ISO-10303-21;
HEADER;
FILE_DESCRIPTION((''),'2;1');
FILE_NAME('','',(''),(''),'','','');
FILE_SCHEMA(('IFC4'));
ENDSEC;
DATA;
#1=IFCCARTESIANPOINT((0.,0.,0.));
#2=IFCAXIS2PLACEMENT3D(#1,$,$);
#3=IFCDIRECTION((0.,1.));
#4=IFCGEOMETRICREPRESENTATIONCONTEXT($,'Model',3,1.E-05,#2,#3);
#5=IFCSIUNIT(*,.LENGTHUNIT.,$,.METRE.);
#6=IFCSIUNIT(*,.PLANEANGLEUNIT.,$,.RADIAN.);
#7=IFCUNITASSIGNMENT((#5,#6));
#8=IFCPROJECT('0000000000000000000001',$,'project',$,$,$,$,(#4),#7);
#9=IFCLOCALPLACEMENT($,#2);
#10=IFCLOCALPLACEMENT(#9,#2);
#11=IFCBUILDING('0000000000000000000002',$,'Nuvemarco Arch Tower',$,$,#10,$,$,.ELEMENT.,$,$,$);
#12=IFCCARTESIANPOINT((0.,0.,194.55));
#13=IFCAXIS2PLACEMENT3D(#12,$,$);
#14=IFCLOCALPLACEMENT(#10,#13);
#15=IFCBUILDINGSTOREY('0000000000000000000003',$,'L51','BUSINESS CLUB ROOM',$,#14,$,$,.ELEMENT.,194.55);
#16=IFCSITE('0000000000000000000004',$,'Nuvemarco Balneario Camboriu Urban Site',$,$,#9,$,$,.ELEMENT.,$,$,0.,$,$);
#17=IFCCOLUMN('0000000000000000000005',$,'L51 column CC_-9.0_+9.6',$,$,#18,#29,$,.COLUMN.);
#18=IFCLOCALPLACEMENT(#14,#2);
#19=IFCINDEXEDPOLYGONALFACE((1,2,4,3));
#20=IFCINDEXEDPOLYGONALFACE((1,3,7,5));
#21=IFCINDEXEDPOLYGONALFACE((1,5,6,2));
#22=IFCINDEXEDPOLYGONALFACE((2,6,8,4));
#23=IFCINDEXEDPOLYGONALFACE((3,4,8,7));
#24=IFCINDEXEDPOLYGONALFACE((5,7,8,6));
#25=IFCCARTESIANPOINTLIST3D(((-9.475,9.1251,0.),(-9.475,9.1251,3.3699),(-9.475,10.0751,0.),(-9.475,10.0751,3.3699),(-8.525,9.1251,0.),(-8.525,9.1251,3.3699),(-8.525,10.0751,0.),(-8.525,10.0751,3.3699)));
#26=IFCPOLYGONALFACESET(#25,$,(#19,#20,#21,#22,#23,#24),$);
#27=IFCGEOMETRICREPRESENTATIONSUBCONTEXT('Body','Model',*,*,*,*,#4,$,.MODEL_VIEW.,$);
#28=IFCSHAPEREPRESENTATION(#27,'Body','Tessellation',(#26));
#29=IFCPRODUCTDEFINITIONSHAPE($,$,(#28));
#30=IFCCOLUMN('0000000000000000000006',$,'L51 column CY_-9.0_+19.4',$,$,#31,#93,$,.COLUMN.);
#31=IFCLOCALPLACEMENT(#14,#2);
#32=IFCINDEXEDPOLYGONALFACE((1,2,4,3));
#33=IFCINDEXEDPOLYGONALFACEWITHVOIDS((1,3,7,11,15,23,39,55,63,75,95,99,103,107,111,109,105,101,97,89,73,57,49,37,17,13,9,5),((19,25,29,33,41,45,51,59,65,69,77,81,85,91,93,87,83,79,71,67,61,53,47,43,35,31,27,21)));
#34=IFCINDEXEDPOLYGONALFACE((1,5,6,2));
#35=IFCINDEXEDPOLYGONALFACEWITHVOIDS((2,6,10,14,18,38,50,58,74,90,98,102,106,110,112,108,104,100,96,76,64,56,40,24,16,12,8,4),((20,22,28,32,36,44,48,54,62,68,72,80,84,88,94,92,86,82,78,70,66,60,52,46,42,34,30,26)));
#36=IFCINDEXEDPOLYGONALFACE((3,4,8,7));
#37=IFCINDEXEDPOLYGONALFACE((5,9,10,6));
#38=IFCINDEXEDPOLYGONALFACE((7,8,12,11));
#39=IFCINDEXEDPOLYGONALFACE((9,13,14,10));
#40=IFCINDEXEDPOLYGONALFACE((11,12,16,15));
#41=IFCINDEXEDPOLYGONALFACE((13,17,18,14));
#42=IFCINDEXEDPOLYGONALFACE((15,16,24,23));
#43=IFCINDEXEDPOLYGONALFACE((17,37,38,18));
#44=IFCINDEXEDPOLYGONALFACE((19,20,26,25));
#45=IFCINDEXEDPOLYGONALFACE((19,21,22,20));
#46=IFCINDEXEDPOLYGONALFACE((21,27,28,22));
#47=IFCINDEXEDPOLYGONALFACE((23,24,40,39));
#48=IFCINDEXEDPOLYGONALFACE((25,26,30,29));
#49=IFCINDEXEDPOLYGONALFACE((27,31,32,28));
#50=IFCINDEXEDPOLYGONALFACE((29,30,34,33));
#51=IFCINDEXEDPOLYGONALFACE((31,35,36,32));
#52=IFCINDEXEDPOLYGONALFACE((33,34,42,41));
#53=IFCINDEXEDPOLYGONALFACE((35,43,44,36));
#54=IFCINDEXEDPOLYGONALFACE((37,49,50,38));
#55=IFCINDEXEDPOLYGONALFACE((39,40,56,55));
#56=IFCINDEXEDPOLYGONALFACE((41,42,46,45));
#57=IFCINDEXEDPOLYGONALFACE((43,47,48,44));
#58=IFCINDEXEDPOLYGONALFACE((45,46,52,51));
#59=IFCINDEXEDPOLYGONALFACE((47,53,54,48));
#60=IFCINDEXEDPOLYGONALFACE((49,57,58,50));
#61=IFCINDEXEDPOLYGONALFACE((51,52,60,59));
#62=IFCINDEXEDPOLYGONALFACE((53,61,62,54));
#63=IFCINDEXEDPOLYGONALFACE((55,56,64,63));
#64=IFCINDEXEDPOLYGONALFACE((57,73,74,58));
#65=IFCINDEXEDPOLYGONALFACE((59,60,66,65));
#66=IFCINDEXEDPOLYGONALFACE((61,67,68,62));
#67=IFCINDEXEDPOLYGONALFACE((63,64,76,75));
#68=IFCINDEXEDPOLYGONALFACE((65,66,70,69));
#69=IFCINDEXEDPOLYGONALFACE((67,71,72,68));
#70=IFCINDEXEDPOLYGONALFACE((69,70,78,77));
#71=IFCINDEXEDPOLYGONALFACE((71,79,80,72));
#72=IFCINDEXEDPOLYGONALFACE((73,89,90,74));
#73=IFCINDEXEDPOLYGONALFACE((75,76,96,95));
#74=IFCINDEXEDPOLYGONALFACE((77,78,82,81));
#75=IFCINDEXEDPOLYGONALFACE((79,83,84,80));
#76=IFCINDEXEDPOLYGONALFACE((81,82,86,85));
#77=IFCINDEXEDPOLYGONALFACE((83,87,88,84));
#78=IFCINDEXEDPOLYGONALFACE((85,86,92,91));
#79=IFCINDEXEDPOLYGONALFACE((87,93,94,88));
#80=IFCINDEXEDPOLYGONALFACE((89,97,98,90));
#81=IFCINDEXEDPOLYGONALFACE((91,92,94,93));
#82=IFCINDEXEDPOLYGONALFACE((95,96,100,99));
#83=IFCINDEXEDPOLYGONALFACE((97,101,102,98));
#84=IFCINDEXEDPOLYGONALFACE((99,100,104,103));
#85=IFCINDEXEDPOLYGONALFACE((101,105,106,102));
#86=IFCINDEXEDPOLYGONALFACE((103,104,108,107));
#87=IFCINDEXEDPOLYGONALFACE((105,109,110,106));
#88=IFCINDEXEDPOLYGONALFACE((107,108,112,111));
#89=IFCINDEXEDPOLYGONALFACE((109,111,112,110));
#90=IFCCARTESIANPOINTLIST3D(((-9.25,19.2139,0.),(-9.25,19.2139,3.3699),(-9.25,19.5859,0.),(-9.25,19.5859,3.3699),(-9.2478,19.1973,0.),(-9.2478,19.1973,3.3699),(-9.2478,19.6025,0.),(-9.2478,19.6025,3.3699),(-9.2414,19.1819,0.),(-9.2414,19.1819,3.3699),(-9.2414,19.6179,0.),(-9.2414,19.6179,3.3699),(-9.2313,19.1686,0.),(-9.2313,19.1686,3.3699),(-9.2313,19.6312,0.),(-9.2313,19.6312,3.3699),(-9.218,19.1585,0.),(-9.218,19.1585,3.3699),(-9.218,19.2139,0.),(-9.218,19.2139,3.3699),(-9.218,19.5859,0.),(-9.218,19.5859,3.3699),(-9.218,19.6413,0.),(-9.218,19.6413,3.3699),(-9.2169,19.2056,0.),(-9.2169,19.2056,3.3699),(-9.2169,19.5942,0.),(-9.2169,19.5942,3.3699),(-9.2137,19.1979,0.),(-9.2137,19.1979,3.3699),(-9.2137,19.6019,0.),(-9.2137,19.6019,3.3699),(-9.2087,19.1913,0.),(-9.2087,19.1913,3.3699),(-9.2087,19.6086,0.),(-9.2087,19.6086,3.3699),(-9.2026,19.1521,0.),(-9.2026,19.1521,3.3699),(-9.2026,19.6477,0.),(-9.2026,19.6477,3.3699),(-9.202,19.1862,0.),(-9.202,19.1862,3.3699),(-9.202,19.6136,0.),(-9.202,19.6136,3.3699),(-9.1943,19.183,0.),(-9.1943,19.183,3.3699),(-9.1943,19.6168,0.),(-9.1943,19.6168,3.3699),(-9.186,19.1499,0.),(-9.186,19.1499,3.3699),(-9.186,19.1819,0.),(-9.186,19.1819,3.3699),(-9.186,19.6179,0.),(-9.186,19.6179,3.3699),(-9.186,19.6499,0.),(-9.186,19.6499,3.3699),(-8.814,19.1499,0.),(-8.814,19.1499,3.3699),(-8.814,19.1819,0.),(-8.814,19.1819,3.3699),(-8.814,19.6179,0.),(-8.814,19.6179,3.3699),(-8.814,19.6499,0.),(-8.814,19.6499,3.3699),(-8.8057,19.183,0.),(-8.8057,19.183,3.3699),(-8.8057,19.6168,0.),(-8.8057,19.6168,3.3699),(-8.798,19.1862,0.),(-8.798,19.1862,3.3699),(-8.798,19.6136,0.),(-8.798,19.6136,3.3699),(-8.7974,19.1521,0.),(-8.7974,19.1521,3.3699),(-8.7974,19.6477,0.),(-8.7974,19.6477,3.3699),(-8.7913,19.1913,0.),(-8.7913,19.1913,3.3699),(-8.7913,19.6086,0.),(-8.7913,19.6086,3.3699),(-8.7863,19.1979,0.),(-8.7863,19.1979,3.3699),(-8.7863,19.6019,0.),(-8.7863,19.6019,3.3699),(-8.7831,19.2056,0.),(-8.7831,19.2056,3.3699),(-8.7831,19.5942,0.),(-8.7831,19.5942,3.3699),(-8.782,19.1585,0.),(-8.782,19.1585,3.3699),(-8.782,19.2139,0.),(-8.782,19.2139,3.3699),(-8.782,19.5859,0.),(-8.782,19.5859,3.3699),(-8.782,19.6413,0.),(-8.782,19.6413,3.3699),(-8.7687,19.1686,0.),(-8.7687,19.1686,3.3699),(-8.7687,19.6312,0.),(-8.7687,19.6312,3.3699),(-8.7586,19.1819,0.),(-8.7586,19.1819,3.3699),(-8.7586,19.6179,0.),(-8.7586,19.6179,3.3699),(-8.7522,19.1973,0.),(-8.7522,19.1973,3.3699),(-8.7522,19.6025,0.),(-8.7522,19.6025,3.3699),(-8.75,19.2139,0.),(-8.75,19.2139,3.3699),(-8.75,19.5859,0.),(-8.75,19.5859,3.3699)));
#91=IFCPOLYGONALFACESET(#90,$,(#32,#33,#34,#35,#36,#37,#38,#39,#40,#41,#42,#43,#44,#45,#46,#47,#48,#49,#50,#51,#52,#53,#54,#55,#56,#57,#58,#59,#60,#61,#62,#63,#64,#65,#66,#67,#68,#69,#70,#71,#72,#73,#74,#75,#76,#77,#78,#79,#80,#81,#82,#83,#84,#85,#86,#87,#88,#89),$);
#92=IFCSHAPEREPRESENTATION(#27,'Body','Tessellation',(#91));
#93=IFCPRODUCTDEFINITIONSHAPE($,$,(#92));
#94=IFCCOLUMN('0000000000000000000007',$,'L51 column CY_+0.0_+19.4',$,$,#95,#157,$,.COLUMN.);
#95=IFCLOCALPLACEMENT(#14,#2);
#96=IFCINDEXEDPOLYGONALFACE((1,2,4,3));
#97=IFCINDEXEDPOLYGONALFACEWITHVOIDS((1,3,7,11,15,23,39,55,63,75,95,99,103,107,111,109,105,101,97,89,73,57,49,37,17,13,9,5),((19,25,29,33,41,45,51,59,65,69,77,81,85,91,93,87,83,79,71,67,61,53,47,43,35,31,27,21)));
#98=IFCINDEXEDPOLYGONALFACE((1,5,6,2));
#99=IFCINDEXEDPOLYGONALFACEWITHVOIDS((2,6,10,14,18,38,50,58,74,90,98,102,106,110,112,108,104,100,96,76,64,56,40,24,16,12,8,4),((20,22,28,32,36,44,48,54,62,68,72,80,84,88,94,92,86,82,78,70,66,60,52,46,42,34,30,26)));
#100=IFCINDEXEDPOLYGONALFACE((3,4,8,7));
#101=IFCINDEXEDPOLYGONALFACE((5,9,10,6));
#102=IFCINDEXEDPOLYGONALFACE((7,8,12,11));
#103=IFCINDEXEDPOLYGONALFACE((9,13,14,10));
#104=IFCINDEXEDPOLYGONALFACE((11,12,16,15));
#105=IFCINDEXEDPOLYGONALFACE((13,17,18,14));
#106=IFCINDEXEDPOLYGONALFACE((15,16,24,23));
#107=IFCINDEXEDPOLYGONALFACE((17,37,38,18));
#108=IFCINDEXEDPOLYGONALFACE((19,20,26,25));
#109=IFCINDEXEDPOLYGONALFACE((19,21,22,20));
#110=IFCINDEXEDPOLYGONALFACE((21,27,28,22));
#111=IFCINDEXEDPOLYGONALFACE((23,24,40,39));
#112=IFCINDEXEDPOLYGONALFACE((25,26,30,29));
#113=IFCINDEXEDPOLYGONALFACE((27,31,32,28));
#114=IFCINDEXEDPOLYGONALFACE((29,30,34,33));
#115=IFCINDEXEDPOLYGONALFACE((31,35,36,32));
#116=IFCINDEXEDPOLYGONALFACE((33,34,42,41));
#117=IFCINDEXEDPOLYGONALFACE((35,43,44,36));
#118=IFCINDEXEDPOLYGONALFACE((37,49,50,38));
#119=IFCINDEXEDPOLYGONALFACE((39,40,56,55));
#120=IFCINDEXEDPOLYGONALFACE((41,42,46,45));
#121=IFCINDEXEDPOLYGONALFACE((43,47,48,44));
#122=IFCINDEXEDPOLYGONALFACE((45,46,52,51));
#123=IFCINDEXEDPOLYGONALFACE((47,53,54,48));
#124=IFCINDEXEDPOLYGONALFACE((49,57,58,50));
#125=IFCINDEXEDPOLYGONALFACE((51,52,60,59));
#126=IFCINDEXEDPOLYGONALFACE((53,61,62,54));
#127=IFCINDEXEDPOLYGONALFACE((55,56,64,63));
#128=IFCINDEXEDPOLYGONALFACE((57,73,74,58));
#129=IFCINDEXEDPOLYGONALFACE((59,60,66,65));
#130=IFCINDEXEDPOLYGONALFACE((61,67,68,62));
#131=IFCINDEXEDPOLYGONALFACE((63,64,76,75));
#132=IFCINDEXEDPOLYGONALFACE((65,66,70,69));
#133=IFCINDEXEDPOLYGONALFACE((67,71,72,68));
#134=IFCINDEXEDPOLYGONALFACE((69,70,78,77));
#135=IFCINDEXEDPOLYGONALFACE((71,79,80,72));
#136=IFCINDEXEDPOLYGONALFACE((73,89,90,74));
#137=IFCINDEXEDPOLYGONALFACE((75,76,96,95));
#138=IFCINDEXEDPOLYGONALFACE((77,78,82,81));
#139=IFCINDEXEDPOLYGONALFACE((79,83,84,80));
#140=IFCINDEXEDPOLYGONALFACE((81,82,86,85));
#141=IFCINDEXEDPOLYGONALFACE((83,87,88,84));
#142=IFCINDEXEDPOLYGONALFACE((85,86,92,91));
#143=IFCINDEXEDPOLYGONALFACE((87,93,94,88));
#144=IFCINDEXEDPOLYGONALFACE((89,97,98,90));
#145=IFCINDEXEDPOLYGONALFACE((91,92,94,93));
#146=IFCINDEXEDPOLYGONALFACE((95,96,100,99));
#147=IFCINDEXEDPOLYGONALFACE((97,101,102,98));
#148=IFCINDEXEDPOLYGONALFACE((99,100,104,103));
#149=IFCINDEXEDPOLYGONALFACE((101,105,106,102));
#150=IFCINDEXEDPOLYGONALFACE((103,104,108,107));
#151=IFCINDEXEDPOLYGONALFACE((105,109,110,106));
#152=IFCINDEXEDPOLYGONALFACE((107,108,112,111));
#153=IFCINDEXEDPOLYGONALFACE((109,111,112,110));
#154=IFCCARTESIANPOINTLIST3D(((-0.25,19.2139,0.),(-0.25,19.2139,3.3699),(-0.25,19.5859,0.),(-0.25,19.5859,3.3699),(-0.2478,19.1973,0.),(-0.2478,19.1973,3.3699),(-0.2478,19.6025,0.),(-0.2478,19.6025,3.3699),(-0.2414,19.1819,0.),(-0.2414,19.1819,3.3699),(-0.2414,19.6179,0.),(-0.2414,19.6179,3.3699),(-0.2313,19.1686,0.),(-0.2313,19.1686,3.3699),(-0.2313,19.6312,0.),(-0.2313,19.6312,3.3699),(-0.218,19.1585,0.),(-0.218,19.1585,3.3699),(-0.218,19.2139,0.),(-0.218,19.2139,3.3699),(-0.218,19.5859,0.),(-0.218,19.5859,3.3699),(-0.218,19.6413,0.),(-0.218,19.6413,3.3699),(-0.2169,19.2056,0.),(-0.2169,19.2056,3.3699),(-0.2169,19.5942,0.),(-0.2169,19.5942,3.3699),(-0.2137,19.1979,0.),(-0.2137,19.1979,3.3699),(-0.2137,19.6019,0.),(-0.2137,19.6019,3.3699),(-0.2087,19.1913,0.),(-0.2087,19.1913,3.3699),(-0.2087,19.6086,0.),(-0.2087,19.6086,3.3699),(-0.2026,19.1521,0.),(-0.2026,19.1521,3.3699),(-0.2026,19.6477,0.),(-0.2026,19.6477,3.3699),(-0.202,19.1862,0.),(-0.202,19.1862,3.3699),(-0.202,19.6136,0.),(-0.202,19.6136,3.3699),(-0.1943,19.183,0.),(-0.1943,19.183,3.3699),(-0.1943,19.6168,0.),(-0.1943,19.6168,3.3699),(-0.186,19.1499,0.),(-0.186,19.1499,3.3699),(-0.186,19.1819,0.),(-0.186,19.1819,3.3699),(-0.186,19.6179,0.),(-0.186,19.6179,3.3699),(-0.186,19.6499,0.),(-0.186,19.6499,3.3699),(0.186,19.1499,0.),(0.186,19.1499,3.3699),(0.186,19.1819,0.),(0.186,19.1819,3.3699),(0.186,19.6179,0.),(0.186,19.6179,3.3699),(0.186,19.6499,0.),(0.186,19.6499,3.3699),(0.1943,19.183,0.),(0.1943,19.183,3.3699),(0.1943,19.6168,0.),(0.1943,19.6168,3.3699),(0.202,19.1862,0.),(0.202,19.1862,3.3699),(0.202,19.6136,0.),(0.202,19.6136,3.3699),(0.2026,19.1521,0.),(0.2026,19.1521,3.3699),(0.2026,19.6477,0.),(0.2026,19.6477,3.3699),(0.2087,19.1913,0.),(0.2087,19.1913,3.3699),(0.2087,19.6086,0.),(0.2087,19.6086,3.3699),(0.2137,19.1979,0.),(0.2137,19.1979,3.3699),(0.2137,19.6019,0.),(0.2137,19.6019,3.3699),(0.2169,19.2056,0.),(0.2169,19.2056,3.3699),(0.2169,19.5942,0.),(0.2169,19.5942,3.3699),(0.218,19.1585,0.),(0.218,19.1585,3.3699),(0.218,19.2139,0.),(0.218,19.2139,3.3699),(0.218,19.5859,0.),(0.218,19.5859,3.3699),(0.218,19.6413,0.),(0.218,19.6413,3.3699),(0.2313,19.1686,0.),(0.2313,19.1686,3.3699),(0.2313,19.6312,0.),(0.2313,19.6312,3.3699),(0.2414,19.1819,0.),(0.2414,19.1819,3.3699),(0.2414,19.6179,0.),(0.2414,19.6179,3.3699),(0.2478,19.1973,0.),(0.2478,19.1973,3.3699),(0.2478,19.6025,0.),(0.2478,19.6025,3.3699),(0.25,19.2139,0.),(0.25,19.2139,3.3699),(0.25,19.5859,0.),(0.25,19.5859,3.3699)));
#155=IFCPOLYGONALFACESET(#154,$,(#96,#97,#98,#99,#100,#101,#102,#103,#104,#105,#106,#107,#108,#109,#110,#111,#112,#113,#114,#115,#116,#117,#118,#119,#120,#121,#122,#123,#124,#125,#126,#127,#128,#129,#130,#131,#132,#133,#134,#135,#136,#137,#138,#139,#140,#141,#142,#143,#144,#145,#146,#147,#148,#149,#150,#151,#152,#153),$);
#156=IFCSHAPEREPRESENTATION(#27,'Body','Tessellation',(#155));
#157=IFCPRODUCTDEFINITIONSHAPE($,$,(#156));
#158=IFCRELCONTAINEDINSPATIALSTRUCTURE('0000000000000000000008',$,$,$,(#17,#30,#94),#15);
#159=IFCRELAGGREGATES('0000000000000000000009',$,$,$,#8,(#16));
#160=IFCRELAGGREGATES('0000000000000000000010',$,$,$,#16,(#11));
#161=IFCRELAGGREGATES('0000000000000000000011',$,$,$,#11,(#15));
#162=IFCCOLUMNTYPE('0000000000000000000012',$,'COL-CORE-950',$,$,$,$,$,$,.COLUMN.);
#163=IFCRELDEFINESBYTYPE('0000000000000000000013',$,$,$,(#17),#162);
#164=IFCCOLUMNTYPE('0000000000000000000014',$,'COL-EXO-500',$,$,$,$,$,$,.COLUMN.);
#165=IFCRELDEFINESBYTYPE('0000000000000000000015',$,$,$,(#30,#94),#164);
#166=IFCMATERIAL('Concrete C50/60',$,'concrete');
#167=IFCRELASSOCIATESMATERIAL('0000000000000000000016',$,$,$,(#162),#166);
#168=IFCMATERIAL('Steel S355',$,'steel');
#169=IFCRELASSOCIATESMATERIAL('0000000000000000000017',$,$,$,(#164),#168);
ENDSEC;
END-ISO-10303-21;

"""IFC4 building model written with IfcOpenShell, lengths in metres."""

from ifc_helpers import new_model, si_unit, direction, frame, origin, origin_2d, place, context, subcontext, project, spatial, rectangle, hollow_rectangle, extrude, material, material_profile, profile_set, type_object, element, save


model = new_model("IFC4")

# Units and contexts
model_context = context("Model", 3, precision=1e-05, world=origin(), true_north=direction((0.0, 1.0)))
body_context = subcontext(model_context, "Body", "Model", "MODEL_VIEW")
ifc_project = project(units=[si_unit("LENGTHUNIT", "METRE"), si_unit("PLANEANGLEUNIT", "RADIAN")], contexts=[model_context])

# Site, building, storey
site_placement = place(None, origin())
site = spatial("IfcSite", under=ifc_project, at=site_placement, Name="Nuvemarco Balneario Camboriu Urban Site", CompositionType="ELEMENT", RefElevation=0.0)
building_placement = place(site_placement, origin())
building = spatial("IfcBuilding", under=site, at=building_placement, Name="Nuvemarco Arch Tower", CompositionType="ELEMENT")
storey_placement = place(building_placement, frame((0.0, 0.0, 194.55)))
storey = spatial("IfcBuildingStorey", under=building, at=storey_placement, Name="L51", Description="BUSINESS CLUB ROOM", CompositionType="ELEMENT", Elevation=194.55)

# Columns
ifc_material_1 = material(Name="Concrete C50/60", Category="concrete")
ifc_material_profile_1 = material_profile(ifc_material_1, rectangle(XDim=0.95, YDim=0.95, at=origin_2d()), Name="RC-COL-950x950")
ifc_profile_set_1 = profile_set([ifc_material_profile_1], Name="Concrete C50/60")
column_type_1 = type_object("IfcColumnType", Name="COL-CORE-950", PredefinedType="COLUMN", material=ifc_profile_set_1)
column_1_placement = place(storey_placement, frame((-9.0, 9.6001, 0.0), z_axis=(0.0, 0.0, 1.0), x_axis=(1.0, 0.0, 0.0)))
element("IfcColumn", 1, at=column_1_placement, inside=storey, type_object=column_type_1, Name="L51 column CC_-9.0_+9.6", PredefinedType="COLUMN", context=body_context, shape_type="SweptSolid", body=[
    extrude(rectangle(XDim=0.95, YDim=0.95, at=origin_2d()), origin(), (0.0, 0.0, 1.0), 3.3699),
])
ifc_material_2 = material(Name="Steel S355", Category="steel")
ifc_material_profile_2 = material_profile(ifc_material_2, hollow_rectangle(XDim=0.5, YDim=0.5, WallThickness=0.032, InnerFilletRadius=0.032, OuterFilletRadius=0.064, at=origin_2d()), Name="SHS500x500x32")
ifc_profile_set_2 = profile_set([ifc_material_profile_2], Name="Steel S355")
column_type_2 = type_object("IfcColumnType", Name="COL-EXO-500", PredefinedType="COLUMN", material=ifc_profile_set_2)
for number, where, z_axis, x_axis, name in (
    (2, (-9.0, 19.3999, 0.0), (0.0, 0.0, 1.0), (1.0, 0.0, 0.0), "L51 column CY_-9.0_+19.4"),
    (3, (0.0, 19.3999, 0.0), (0.0, 0.0, 1.0), (1.0, 0.0, 0.0), "L51 column CY_+0.0_+19.4"),
):
    element("IfcColumn", number, at=place(storey_placement, frame(where, z_axis=z_axis, x_axis=x_axis)), inside=storey, type_object=column_type_2, Name=name, PredefinedType="COLUMN", context=body_context, shape_type="SweptSolid", body=[
        extrude(hollow_rectangle(XDim=0.5, YDim=0.5, WallThickness=0.032, InnerFilletRadius=0.032, OuterFilletRadius=0.064, at=origin_2d()), origin(), (0.0, 0.0, 1.0), 3.3699),
    ])

save(model, "model.ifc")
